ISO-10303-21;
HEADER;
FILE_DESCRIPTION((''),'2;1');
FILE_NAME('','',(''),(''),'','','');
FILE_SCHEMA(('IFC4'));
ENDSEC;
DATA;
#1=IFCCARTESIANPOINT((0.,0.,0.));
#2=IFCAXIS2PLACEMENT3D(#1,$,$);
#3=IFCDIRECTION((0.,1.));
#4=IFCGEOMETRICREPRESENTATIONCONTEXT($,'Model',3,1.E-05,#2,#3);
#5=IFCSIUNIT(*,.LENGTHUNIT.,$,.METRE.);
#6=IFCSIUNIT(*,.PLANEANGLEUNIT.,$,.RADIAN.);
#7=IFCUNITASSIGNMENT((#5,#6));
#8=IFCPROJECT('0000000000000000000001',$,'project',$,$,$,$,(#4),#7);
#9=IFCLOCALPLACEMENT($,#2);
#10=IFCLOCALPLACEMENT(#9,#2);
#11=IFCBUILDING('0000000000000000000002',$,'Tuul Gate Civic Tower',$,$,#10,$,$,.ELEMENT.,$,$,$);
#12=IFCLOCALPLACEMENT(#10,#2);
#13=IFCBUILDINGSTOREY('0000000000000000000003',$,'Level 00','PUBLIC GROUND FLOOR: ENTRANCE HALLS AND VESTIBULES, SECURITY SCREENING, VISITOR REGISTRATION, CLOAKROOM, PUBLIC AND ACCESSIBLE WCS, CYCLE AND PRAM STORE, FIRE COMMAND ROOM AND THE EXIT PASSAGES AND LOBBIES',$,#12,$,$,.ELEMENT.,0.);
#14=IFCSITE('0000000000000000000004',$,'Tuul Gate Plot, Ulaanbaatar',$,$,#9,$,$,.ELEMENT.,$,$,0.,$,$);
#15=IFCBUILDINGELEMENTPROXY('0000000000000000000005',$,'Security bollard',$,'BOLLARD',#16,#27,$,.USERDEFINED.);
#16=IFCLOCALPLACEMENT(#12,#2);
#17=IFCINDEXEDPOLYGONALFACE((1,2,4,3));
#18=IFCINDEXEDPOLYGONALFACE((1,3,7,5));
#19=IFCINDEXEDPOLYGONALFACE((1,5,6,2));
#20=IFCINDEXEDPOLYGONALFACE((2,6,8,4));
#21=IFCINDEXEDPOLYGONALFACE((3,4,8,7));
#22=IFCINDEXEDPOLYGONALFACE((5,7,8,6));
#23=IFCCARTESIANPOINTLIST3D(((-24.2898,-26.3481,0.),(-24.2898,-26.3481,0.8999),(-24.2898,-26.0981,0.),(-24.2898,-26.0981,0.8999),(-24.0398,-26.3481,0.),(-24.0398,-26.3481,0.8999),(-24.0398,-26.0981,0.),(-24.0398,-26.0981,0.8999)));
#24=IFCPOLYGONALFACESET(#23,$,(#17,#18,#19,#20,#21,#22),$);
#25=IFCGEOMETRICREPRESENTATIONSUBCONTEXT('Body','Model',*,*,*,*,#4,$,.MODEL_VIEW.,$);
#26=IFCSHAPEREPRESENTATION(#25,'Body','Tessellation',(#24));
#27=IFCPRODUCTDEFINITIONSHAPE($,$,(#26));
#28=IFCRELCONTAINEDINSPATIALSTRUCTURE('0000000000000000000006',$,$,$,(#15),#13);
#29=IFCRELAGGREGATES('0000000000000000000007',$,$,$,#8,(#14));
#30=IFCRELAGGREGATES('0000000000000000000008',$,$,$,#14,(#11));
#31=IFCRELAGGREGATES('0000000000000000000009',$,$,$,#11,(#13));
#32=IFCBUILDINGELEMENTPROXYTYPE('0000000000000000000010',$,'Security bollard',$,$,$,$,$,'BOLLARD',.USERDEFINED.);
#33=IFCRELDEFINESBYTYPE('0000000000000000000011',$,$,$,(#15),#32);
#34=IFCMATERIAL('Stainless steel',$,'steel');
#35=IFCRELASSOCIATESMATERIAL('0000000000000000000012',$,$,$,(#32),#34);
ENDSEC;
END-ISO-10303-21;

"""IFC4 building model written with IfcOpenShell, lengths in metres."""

from ifc_helpers import new_model, si_unit, direction, frame, origin, origin_2d, place, context, subcontext, project, spatial, rectangle, extrude, material, type_object, element, save


model = new_model("IFC4")

# Units and contexts
model_context = context("Model", 3, precision=1e-05, world=origin(), true_north=direction((0.0, 1.0)))
body_context = subcontext(model_context, "Body", "Model", "MODEL_VIEW")
ifc_project = project(units=[si_unit("LENGTHUNIT", "METRE"), si_unit("PLANEANGLEUNIT", "RADIAN")], contexts=[model_context])

# Site, building, storey
site_placement = place(None, origin())
site = spatial("IfcSite", under=ifc_project, at=site_placement, Name="Tuul Gate Plot, Ulaanbaatar", CompositionType="ELEMENT", RefElevation=0.0)
building_placement = place(site_placement, origin())
building = spatial("IfcBuilding", under=site, at=building_placement, Name="Tuul Gate Civic Tower", CompositionType="ELEMENT")
storey_placement = place(building_placement, origin())
storey = spatial("IfcBuildingStorey", under=building, at=storey_placement, Name="Level 00", Description="PUBLIC GROUND FLOOR: ENTRANCE HALLS AND VESTIBULES, SECURITY SCREENING, VISITOR REGISTRATION, CLOAKROOM, PUBLIC AND ACCESSIBLE WCS, CYCLE AND PRAM STORE, FIRE COMMAND ROOM AND THE EXIT PASSAGES AND LOBBIES", CompositionType="ELEMENT", Elevation=0.0)

# Building element proxy
ifc_material_1 = material(Name="Stainless steel", Category="steel")
building_element_proxy_type = type_object("IfcBuildingElementProxyType", Name="Security bollard", ElementType="BOLLARD", PredefinedType="USERDEFINED", material=ifc_material_1)
for number, where, z_axis, x_axis, name in (
    (1, (-24.1648, -26.2231, 0.0), (0.0, 0.0, 1.0), (1.0, 0.0, 0.0), "Security bollard"),
):
    element("IfcBuildingElementProxy", number, at=place(storey_placement, frame(where, z_axis=z_axis, x_axis=x_axis)), inside=storey, type_object=building_element_proxy_type, Name=name, ObjectType="BOLLARD", PredefinedType="USERDEFINED", context=body_context, shape_type="SweptSolid", body=[
        extrude(rectangle(XDim=0.25, YDim=0.25, at=origin_2d()), origin(), (0.0, 0.0, 1.0), 0.8999),
    ])

save(model, "model.ifc")
